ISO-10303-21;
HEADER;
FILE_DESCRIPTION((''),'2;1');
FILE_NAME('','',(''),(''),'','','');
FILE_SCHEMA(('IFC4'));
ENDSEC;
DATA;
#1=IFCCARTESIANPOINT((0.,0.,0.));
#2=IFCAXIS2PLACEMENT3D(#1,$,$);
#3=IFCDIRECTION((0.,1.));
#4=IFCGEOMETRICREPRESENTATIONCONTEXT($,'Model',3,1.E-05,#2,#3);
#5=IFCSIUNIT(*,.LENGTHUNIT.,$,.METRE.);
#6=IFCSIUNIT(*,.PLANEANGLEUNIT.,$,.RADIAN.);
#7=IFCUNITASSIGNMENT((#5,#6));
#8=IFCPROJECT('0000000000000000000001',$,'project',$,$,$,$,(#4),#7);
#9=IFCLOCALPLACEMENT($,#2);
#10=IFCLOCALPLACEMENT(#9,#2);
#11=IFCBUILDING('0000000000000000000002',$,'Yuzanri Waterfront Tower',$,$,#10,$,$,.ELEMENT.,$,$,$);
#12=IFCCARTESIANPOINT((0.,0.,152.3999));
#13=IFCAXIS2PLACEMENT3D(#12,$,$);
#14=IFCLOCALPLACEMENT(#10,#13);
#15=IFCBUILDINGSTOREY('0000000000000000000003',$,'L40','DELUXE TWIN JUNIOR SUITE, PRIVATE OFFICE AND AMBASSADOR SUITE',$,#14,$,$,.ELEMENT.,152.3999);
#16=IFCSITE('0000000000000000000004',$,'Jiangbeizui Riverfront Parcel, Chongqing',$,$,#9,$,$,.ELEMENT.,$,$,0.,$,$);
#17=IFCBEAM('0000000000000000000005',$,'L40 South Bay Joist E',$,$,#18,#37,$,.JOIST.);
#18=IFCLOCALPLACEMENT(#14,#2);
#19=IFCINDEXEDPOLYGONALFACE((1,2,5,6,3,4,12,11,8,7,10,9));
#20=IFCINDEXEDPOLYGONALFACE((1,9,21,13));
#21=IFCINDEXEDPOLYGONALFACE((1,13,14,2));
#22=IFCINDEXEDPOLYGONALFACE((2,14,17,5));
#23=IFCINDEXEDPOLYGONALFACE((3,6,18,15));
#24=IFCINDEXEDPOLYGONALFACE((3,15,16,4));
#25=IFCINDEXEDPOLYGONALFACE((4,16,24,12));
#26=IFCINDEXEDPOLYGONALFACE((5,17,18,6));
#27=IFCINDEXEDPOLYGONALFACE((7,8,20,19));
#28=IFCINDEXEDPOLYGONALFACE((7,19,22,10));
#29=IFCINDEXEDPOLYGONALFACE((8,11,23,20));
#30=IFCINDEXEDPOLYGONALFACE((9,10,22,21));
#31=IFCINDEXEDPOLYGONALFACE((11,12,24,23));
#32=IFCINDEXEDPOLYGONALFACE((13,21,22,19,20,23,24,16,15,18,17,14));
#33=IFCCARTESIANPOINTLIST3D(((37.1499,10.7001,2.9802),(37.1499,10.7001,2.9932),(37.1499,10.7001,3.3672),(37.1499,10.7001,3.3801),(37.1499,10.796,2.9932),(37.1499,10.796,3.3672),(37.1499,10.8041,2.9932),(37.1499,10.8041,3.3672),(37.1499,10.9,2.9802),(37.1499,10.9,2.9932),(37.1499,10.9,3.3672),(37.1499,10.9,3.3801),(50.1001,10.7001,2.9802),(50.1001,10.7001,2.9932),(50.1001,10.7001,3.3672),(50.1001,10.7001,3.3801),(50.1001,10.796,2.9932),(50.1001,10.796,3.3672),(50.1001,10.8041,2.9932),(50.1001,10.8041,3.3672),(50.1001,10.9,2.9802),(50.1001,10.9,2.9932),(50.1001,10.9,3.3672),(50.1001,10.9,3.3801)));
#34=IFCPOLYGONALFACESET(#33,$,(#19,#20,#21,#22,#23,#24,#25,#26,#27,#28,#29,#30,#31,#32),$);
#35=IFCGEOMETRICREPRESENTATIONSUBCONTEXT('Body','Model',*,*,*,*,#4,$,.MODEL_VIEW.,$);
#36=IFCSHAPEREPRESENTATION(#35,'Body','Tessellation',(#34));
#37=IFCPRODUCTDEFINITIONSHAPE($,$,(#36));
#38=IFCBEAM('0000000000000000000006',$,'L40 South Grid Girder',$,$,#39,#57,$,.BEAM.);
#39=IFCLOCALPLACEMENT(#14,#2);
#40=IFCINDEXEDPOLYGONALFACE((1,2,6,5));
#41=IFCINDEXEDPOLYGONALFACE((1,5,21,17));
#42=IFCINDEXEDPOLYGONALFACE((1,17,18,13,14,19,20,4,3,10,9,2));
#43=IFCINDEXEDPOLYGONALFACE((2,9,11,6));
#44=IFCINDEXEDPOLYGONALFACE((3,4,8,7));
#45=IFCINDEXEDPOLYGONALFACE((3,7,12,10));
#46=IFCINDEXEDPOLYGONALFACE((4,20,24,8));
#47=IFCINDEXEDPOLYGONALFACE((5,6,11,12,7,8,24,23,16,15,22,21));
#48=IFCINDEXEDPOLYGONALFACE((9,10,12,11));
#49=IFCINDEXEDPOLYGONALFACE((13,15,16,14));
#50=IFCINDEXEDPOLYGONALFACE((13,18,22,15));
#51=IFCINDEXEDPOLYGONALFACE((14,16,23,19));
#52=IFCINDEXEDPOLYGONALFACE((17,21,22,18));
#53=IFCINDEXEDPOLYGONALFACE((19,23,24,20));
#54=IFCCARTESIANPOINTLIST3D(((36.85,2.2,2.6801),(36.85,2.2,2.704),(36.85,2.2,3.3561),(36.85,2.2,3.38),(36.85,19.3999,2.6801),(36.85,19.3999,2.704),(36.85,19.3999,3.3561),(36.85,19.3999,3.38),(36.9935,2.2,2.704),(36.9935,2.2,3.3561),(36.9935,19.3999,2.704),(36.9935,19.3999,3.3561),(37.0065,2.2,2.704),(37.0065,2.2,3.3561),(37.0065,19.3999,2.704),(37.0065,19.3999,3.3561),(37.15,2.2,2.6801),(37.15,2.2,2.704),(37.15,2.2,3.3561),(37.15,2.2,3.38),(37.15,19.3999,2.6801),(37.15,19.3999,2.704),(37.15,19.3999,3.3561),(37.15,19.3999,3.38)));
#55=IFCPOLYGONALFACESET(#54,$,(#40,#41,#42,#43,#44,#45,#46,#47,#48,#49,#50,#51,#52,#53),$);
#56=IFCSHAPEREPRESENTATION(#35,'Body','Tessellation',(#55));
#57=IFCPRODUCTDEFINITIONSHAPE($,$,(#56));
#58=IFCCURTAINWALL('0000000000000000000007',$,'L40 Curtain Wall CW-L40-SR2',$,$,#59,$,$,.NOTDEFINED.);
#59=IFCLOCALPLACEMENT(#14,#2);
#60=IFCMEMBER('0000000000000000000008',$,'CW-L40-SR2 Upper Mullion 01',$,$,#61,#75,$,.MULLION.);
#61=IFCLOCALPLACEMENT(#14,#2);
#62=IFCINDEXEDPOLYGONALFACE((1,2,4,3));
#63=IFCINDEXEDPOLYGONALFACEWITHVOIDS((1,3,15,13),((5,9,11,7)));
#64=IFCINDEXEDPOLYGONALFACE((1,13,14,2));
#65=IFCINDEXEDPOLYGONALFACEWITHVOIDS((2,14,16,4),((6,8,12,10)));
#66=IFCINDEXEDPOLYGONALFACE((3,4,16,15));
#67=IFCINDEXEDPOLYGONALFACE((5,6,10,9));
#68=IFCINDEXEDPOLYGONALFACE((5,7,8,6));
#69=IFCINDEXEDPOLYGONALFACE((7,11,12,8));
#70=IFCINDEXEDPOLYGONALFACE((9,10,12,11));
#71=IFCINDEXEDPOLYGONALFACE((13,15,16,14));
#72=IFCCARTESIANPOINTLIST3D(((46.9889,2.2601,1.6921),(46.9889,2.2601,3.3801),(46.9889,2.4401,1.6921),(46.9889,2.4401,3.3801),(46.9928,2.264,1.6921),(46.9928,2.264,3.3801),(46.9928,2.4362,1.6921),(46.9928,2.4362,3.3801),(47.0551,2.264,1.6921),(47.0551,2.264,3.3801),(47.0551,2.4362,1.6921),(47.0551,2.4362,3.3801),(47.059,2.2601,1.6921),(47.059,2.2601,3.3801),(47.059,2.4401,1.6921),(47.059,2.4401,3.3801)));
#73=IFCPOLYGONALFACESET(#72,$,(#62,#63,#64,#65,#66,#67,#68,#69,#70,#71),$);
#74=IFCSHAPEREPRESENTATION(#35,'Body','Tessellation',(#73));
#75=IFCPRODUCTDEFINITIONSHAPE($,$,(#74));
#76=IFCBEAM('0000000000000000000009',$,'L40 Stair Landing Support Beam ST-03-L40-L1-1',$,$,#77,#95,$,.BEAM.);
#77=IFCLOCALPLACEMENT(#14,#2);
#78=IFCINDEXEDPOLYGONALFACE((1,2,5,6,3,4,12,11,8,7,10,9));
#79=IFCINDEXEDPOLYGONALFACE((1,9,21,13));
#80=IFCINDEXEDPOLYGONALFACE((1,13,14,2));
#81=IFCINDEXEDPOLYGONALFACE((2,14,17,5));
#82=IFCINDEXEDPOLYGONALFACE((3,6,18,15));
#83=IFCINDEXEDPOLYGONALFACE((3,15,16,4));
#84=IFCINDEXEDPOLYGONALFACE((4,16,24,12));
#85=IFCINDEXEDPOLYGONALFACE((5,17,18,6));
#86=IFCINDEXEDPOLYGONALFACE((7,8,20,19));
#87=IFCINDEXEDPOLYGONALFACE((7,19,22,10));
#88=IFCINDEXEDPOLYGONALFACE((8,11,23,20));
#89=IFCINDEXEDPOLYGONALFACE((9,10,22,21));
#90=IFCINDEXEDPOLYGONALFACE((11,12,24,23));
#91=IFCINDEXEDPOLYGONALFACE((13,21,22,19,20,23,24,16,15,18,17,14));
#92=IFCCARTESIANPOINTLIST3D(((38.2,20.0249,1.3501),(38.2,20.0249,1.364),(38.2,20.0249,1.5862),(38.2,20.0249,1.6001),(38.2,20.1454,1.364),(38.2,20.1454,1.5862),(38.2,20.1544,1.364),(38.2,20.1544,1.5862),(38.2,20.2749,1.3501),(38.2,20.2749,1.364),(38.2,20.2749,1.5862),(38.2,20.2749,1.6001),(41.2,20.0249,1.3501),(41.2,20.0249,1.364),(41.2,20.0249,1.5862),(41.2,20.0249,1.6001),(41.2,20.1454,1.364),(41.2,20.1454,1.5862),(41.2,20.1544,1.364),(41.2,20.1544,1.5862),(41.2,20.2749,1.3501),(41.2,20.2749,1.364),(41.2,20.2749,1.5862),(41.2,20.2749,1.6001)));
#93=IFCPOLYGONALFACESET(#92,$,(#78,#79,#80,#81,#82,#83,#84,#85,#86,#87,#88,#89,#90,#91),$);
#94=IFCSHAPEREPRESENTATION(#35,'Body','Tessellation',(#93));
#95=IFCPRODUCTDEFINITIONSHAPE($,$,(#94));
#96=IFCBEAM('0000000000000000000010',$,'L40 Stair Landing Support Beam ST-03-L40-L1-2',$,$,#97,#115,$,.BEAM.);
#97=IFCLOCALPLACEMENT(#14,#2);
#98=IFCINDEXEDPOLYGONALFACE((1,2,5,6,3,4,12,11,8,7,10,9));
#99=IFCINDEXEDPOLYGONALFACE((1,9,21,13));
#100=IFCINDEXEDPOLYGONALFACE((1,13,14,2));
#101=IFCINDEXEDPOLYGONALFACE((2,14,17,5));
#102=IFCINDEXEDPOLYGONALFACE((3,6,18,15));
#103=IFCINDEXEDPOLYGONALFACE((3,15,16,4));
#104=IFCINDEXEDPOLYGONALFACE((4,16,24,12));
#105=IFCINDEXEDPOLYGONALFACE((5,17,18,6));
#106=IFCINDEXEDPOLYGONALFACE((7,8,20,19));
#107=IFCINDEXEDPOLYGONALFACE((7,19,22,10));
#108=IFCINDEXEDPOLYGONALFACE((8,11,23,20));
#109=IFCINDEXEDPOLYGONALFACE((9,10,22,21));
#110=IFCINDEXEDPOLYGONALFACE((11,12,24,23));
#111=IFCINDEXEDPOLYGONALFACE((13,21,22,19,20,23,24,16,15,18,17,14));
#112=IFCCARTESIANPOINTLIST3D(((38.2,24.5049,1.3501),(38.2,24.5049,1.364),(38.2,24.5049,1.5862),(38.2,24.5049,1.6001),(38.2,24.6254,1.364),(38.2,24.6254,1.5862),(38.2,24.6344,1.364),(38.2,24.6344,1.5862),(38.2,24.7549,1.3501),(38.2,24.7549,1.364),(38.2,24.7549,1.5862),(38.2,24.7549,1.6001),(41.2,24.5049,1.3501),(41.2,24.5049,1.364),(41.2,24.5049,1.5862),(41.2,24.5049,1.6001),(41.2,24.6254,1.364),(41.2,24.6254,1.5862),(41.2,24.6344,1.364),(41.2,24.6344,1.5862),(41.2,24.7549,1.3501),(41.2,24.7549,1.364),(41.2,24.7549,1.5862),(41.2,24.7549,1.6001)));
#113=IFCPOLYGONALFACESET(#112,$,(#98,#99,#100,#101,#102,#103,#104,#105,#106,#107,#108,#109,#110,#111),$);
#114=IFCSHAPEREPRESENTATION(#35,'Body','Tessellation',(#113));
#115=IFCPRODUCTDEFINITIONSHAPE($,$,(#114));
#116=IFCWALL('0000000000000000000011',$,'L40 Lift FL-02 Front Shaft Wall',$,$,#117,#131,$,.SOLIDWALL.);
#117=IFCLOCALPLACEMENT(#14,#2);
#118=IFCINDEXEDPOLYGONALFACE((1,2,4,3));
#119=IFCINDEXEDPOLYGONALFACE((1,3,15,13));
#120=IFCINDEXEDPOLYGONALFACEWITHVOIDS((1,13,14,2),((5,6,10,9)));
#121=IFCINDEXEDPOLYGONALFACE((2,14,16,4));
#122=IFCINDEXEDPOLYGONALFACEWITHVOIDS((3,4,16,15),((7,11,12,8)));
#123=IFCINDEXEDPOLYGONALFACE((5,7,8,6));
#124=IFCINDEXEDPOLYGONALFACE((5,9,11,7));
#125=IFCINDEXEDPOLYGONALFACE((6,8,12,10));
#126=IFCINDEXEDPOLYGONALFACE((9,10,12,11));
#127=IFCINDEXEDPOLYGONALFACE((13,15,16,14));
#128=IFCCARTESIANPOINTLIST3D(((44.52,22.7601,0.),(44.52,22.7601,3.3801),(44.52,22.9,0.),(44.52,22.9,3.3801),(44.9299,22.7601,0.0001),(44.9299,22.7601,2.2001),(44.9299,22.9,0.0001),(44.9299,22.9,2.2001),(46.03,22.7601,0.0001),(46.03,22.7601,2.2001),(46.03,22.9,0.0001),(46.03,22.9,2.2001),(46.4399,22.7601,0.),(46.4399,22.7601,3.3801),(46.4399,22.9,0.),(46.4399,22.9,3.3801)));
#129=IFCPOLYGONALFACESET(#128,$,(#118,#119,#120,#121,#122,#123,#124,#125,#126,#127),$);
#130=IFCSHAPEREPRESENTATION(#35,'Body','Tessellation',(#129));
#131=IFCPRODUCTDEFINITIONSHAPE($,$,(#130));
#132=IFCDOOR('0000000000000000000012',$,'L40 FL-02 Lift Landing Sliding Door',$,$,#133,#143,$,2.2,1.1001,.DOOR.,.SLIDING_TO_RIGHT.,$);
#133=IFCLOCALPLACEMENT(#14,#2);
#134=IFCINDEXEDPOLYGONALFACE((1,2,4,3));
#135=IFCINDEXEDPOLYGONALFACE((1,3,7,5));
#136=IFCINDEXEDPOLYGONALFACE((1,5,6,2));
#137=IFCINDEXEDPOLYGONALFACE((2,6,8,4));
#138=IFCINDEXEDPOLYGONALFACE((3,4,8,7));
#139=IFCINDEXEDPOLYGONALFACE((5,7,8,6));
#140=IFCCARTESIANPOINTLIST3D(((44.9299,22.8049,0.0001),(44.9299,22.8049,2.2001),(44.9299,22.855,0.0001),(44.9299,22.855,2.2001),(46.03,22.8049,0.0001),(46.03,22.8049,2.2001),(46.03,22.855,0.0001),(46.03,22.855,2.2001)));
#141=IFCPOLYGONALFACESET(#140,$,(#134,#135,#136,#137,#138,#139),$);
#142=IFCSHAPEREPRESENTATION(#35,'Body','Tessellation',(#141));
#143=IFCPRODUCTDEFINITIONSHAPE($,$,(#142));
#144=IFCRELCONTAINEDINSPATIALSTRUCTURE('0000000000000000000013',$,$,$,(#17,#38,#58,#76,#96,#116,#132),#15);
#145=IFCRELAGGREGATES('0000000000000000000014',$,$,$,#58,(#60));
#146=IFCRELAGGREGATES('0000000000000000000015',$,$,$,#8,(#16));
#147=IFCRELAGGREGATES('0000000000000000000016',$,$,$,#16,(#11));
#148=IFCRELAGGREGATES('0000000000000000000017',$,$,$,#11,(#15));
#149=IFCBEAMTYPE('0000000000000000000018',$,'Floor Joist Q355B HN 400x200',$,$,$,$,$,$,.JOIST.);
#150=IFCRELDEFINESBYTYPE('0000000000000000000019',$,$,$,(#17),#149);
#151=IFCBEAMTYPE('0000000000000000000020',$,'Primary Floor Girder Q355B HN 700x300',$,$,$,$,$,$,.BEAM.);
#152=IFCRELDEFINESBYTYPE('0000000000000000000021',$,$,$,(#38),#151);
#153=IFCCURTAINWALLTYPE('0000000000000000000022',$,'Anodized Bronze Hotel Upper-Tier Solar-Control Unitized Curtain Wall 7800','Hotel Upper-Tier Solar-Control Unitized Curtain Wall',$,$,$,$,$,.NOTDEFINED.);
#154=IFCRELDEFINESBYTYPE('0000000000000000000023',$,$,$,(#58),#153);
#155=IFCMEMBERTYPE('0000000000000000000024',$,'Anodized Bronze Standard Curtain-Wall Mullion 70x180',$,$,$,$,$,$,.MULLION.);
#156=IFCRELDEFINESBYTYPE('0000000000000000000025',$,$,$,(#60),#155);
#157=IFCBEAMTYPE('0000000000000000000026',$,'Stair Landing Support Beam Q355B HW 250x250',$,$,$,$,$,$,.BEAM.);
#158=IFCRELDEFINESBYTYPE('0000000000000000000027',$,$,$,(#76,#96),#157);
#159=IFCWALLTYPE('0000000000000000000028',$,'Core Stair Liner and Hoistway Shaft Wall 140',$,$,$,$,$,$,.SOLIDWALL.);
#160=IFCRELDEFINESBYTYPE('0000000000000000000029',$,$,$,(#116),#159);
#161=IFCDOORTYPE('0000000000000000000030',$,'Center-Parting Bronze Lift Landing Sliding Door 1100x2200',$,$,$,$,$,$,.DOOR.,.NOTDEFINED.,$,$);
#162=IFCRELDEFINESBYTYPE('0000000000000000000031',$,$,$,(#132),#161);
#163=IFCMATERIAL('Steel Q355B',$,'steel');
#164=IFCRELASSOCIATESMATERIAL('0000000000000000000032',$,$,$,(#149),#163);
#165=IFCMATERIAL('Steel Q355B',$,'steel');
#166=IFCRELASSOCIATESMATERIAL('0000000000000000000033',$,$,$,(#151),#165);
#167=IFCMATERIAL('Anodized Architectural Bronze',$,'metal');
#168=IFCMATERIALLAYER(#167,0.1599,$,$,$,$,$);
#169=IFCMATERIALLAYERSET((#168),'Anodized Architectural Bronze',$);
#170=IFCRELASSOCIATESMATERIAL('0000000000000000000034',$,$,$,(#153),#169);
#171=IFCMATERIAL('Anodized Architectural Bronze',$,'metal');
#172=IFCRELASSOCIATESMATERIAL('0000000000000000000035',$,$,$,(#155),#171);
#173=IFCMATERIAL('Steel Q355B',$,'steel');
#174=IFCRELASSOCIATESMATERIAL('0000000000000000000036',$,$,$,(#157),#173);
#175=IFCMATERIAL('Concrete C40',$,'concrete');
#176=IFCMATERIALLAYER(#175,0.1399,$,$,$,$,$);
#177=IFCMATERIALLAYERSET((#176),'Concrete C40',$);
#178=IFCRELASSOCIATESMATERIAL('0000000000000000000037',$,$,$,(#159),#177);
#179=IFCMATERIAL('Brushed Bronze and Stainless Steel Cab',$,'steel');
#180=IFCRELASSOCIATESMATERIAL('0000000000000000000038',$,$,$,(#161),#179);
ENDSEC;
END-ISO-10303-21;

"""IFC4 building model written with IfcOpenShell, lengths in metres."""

from ifc_helpers import new_model, si_unit, direction, frame, frame_2d, origin, origin_2d, place, context, subcontext, project, spatial, rectangle, hollow_rectangle, i_section, extrude, source, transform, mapped, material, layer, layer_set, material_profile, profile_set, type_object, element, fill, aggregate, save


model = new_model("IFC4")

# Units and contexts
model_context = context("Model", 3, precision=1e-05, world=origin(), true_north=direction((0.0, 1.0)))
body_context = subcontext(model_context, "Body", "Model", "MODEL_VIEW")
ifc_project = project(units=[si_unit("LENGTHUNIT", "METRE"), si_unit("PLANEANGLEUNIT", "RADIAN")], contexts=[model_context])

# Site, building, storey
site_placement = place(None, origin())
site = spatial("IfcSite", under=ifc_project, at=site_placement, Name="Jiangbeizui Riverfront Parcel, Chongqing", CompositionType="ELEMENT", RefElevation=0.0)
building_placement = place(site_placement, origin())
building = spatial("IfcBuilding", under=site, at=building_placement, Name="Yuzanri Waterfront Tower", CompositionType="ELEMENT")
storey_placement = place(building_placement, frame((0.0, 0.0, 152.3999)))
storey = spatial("IfcBuildingStorey", under=building, at=storey_placement, Name="L40", Description="DELUXE TWIN JUNIOR SUITE, PRIVATE OFFICE AND AMBASSADOR SUITE", CompositionType="ELEMENT", Elevation=152.3999)

# Beams
ifc_material_1 = material(Name="Steel Q355B", Category="steel")
ifc_material_profile_1 = material_profile(ifc_material_1, i_section(OverallWidth=0.2, OverallDepth=0.3999, WebThickness=0.0081, FlangeThickness=0.0129, at=origin_2d()), Name="HN 400x200x8x13")
ifc_profile_set_1 = profile_set([ifc_material_profile_1], Name="Steel Q355B")
beam_type_1 = type_object("IfcBeamType", Name="Floor Joist Q355B HN 400x200", PredefinedType="JOIST", material=ifc_profile_set_1)
shared_shape_1 = source(origin(), body_context, "Body", "SweptSolid", [
    extrude(i_section(OverallWidth=0.2, OverallDepth=0.3999, WebThickness=0.0081, FlangeThickness=0.0129, at=origin_2d()), origin(), (0.0, 0.0, 1.0), 12.9502),
])
beam_1_placement = place(storey_placement, frame((37.1499, 10.8, 3.1802), z_axis=(1.0, 0.0, 0.0), x_axis=(0.0, 1.0, 0.0)))
element("IfcBeam", 1, at=beam_1_placement, inside=storey, type_object=beam_type_1, Name="L40 South Bay Joist E", PredefinedType="JOIST", context=body_context, shape_type="MappedRepresentation", body=[
    mapped(shared_shape_1, transform((0.0, 0.0, 0.0), scale=1.0)),
])
ifc_material_2 = material(Name="Steel Q355B", Category="steel")
ifc_material_profile_2 = material_profile(ifc_material_2, i_section(OverallWidth=0.3, OverallDepth=0.7, WebThickness=0.0129, FlangeThickness=0.0239, at=origin_2d()), Name="HN 700x300x13x24")
ifc_profile_set_2 = profile_set([ifc_material_profile_2], Name="Steel Q355B")
beam_type_2 = type_object("IfcBeamType", Name="Primary Floor Girder Q355B HN 700x300", PredefinedType="BEAM", material=ifc_profile_set_2)
shared_shape_2 = source(origin(), body_context, "Body", "SweptSolid", [
    extrude(i_section(OverallWidth=0.3, OverallDepth=0.7, WebThickness=0.0129, FlangeThickness=0.0239, at=origin_2d()), origin(), (0.0, 0.0, 1.0), 17.2),
])
beam_2_placement = place(storey_placement, frame((37.0, 19.3999, 3.03), z_axis=(0.0, -1.0, 0.0), x_axis=(1.0, 0.0, 0.0)))
element("IfcBeam", 2, at=beam_2_placement, inside=storey, type_object=beam_type_2, Name="L40 South Grid Girder", PredefinedType="BEAM", context=body_context, shape_type="MappedRepresentation", body=[
    mapped(shared_shape_2, transform((0.0, 0.0, 0.0), scale=1.0)),
])

# Curtain wall, member
ifc_material_3 = material(Name="Anodized Architectural Bronze", Category="metal")
ifc_layer_1 = layer(ifc_material_3, 0.1599)
ifc_layer_set_1 = layer_set([ifc_layer_1], Name="Anodized Architectural Bronze")
curtain_wall_type = type_object("IfcCurtainWallType", Name="Anodized Bronze Hotel Upper-Tier Solar-Control Unitized Curtain Wall 7800", Description="Hotel Upper-Tier Solar-Control Unitized Curtain Wall", PredefinedType="NOTDEFINED", material=ifc_layer_set_1)
curtain_wall_placement = place(storey_placement, origin())
curtain_wall = element("IfcCurtainWall", 3, at=curtain_wall_placement, inside=storey, type_object=curtain_wall_type, Name="L40 Curtain Wall CW-L40-SR2", PredefinedType="NOTDEFINED")
ifc_material_4 = material(Name="Anodized Architectural Bronze", Category="metal")
ifc_material_profile_3 = material_profile(ifc_material_4, hollow_rectangle(XDim=0.0701, YDim=0.1799, WallThickness=0.0039, at=origin_2d()), Name="CWM 70x180")
ifc_profile_set_3 = profile_set([ifc_material_profile_3], Name="Anodized Architectural Bronze")
member_type = type_object("IfcMemberType", Name="Anodized Bronze Standard Curtain-Wall Mullion 70x180", PredefinedType="MULLION", material=ifc_profile_set_3)
shared_shape_3 = source(origin(), body_context, "Body", "SweptSolid", [
    extrude(hollow_rectangle(XDim=0.0701, YDim=0.1799, WallThickness=0.0039, at=origin_2d()), origin(), (0.0, 0.0, 1.0), 1.688),
])
member_placement = place(storey_placement, frame((47.0239, 2.3501, 1.6921), z_axis=(0.0, 0.0, 1.0), x_axis=(1.0, 0.0, 0.0)))
member = element("IfcMember", 4, at=member_placement, type_object=member_type, Name="CW-L40-SR2 Upper Mullion 01", PredefinedType="MULLION", context=body_context, shape_type="MappedRepresentation", body=[
    mapped(shared_shape_3, transform((0.0, 0.0, 0.0), scale=1.0)),
])
aggregate(curtain_wall, [member])

# Beams
ifc_material_5 = material(Name="Steel Q355B", Category="steel")
ifc_material_profile_4 = material_profile(ifc_material_5, i_section(OverallWidth=0.25, OverallDepth=0.25, WebThickness=0.009, FlangeThickness=0.0139, at=origin_2d()), Name="HW 250x250x9x14")
ifc_profile_set_4 = profile_set([ifc_material_profile_4], Name="Steel Q355B")
beam_type_3 = type_object("IfcBeamType", Name="Stair Landing Support Beam Q355B HW 250x250", PredefinedType="BEAM", material=ifc_profile_set_4)
shared_shape_4 = source(origin(), body_context, "Body", "SweptSolid", [
    extrude(i_section(OverallWidth=0.25, OverallDepth=0.25, WebThickness=0.009, FlangeThickness=0.0139, at=origin_2d()), origin(), (0.0, 0.0, 1.0), 3.0),
])
for number, where, z_axis, x_axis, name in (
    (5, (38.2, 20.1499, 1.4751), (1.0, 0.0, 0.0), (0.0, 1.0, 0.0), "L40 Stair Landing Support Beam ST-03-L40-L1-1"),
    (6, (38.2, 24.6299, 1.4751), (1.0, 0.0, 0.0), (0.0, 1.0, 0.0), "L40 Stair Landing Support Beam ST-03-L40-L1-2"),
):
    element("IfcBeam", number, at=place(storey_placement, frame(where, z_axis=z_axis, x_axis=x_axis)), inside=storey, type_object=beam_type_3, Name=name, PredefinedType="BEAM", context=body_context, shape_type="MappedRepresentation", body=[
        mapped(shared_shape_4, transform((0.0, 0.0, 0.0), scale=1.0)),
    ])

# Wall, opening, door
ifc_material_6 = material(Name="Concrete C40", Category="concrete")
ifc_layer_2 = layer(ifc_material_6, 0.1399)
ifc_layer_set_2 = layer_set([ifc_layer_2], Name="Concrete C40")
wall_type_1 = type_object("IfcWallType", Name="Core Stair Liner and Hoistway Shaft Wall 140", PredefinedType="SOLIDWALL", material=ifc_layer_set_2)
wall_1_placement = place(storey_placement, frame((44.52, 22.8301, 0.0), z_axis=(0.0, 0.0, 1.0), x_axis=(1.0, 0.0, 0.0)))
wall_1 = element("IfcWall", 7, at=wall_1_placement, inside=storey, type_object=wall_type_1, Name="L40 Lift FL-02 Front Shaft Wall", PredefinedType="SOLIDWALL", context=body_context, shape_type="SweptSolid", body=[
    extrude(rectangle(XDim=1.9199, YDim=0.1399, at=frame_2d((0.96, 0.0))), origin(), (0.0, 0.0, 1.0), 3.3801),
])
opening_1_placement = place(wall_1_placement, frame((0.4099, 0.0, 0.0)))
opening_1 = element("IfcOpeningElement", 8, at=opening_1_placement, cuts=wall_1, PredefinedType="OPENING", context=body_context, shape_type="SweptSolid", body=[
    extrude(rectangle(XDim=1.1001, YDim=2.2, at=frame_2d((0.55, 1.1001))), frame((0.0, 0.085, 0.0), z_axis=(0.0, -1.0, 0.0), x_axis=(1.0, 0.0, 0.0)), (0.0, 0.0, 1.0), 0.1697),
])
ifc_material_7 = material(Name="Brushed Bronze and Stainless Steel Cab", Category="steel")
door_type_1 = type_object("IfcDoorType", Name="Center-Parting Bronze Lift Landing Sliding Door 1100x2200", OperationType="NOTDEFINED", PredefinedType="DOOR", material=ifc_material_7)
shared_shape_5 = source(origin(), body_context, "Body", "SweptSolid", [
    extrude(rectangle(XDim=1.1001, YDim=2.2, at=frame_2d((0.55, 1.1001))), frame((0.0, 0.0249, 0.0), z_axis=(0.0, -1.0, 0.0), x_axis=(1.0, 0.0, 0.0)), (0.0, 0.0, 1.0), 0.05),
])
door_1_placement = place(opening_1_placement, origin())
door_1 = element("IfcDoor", 9, at=door_1_placement, inside=storey, type_object=door_type_1, Name="L40 FL-02 Lift Landing Sliding Door", OperationType="SLIDING_TO_RIGHT", OverallHeight=2.2, OverallWidth=1.1001, PredefinedType="DOOR", context=body_context, shape_type="MappedRepresentation", body=[
    mapped(shared_shape_5, transform((0.0, 0.0, 0.0), scale=1.0)),
])
fill(opening_1, door_1)

save(model, "model.ifc")
